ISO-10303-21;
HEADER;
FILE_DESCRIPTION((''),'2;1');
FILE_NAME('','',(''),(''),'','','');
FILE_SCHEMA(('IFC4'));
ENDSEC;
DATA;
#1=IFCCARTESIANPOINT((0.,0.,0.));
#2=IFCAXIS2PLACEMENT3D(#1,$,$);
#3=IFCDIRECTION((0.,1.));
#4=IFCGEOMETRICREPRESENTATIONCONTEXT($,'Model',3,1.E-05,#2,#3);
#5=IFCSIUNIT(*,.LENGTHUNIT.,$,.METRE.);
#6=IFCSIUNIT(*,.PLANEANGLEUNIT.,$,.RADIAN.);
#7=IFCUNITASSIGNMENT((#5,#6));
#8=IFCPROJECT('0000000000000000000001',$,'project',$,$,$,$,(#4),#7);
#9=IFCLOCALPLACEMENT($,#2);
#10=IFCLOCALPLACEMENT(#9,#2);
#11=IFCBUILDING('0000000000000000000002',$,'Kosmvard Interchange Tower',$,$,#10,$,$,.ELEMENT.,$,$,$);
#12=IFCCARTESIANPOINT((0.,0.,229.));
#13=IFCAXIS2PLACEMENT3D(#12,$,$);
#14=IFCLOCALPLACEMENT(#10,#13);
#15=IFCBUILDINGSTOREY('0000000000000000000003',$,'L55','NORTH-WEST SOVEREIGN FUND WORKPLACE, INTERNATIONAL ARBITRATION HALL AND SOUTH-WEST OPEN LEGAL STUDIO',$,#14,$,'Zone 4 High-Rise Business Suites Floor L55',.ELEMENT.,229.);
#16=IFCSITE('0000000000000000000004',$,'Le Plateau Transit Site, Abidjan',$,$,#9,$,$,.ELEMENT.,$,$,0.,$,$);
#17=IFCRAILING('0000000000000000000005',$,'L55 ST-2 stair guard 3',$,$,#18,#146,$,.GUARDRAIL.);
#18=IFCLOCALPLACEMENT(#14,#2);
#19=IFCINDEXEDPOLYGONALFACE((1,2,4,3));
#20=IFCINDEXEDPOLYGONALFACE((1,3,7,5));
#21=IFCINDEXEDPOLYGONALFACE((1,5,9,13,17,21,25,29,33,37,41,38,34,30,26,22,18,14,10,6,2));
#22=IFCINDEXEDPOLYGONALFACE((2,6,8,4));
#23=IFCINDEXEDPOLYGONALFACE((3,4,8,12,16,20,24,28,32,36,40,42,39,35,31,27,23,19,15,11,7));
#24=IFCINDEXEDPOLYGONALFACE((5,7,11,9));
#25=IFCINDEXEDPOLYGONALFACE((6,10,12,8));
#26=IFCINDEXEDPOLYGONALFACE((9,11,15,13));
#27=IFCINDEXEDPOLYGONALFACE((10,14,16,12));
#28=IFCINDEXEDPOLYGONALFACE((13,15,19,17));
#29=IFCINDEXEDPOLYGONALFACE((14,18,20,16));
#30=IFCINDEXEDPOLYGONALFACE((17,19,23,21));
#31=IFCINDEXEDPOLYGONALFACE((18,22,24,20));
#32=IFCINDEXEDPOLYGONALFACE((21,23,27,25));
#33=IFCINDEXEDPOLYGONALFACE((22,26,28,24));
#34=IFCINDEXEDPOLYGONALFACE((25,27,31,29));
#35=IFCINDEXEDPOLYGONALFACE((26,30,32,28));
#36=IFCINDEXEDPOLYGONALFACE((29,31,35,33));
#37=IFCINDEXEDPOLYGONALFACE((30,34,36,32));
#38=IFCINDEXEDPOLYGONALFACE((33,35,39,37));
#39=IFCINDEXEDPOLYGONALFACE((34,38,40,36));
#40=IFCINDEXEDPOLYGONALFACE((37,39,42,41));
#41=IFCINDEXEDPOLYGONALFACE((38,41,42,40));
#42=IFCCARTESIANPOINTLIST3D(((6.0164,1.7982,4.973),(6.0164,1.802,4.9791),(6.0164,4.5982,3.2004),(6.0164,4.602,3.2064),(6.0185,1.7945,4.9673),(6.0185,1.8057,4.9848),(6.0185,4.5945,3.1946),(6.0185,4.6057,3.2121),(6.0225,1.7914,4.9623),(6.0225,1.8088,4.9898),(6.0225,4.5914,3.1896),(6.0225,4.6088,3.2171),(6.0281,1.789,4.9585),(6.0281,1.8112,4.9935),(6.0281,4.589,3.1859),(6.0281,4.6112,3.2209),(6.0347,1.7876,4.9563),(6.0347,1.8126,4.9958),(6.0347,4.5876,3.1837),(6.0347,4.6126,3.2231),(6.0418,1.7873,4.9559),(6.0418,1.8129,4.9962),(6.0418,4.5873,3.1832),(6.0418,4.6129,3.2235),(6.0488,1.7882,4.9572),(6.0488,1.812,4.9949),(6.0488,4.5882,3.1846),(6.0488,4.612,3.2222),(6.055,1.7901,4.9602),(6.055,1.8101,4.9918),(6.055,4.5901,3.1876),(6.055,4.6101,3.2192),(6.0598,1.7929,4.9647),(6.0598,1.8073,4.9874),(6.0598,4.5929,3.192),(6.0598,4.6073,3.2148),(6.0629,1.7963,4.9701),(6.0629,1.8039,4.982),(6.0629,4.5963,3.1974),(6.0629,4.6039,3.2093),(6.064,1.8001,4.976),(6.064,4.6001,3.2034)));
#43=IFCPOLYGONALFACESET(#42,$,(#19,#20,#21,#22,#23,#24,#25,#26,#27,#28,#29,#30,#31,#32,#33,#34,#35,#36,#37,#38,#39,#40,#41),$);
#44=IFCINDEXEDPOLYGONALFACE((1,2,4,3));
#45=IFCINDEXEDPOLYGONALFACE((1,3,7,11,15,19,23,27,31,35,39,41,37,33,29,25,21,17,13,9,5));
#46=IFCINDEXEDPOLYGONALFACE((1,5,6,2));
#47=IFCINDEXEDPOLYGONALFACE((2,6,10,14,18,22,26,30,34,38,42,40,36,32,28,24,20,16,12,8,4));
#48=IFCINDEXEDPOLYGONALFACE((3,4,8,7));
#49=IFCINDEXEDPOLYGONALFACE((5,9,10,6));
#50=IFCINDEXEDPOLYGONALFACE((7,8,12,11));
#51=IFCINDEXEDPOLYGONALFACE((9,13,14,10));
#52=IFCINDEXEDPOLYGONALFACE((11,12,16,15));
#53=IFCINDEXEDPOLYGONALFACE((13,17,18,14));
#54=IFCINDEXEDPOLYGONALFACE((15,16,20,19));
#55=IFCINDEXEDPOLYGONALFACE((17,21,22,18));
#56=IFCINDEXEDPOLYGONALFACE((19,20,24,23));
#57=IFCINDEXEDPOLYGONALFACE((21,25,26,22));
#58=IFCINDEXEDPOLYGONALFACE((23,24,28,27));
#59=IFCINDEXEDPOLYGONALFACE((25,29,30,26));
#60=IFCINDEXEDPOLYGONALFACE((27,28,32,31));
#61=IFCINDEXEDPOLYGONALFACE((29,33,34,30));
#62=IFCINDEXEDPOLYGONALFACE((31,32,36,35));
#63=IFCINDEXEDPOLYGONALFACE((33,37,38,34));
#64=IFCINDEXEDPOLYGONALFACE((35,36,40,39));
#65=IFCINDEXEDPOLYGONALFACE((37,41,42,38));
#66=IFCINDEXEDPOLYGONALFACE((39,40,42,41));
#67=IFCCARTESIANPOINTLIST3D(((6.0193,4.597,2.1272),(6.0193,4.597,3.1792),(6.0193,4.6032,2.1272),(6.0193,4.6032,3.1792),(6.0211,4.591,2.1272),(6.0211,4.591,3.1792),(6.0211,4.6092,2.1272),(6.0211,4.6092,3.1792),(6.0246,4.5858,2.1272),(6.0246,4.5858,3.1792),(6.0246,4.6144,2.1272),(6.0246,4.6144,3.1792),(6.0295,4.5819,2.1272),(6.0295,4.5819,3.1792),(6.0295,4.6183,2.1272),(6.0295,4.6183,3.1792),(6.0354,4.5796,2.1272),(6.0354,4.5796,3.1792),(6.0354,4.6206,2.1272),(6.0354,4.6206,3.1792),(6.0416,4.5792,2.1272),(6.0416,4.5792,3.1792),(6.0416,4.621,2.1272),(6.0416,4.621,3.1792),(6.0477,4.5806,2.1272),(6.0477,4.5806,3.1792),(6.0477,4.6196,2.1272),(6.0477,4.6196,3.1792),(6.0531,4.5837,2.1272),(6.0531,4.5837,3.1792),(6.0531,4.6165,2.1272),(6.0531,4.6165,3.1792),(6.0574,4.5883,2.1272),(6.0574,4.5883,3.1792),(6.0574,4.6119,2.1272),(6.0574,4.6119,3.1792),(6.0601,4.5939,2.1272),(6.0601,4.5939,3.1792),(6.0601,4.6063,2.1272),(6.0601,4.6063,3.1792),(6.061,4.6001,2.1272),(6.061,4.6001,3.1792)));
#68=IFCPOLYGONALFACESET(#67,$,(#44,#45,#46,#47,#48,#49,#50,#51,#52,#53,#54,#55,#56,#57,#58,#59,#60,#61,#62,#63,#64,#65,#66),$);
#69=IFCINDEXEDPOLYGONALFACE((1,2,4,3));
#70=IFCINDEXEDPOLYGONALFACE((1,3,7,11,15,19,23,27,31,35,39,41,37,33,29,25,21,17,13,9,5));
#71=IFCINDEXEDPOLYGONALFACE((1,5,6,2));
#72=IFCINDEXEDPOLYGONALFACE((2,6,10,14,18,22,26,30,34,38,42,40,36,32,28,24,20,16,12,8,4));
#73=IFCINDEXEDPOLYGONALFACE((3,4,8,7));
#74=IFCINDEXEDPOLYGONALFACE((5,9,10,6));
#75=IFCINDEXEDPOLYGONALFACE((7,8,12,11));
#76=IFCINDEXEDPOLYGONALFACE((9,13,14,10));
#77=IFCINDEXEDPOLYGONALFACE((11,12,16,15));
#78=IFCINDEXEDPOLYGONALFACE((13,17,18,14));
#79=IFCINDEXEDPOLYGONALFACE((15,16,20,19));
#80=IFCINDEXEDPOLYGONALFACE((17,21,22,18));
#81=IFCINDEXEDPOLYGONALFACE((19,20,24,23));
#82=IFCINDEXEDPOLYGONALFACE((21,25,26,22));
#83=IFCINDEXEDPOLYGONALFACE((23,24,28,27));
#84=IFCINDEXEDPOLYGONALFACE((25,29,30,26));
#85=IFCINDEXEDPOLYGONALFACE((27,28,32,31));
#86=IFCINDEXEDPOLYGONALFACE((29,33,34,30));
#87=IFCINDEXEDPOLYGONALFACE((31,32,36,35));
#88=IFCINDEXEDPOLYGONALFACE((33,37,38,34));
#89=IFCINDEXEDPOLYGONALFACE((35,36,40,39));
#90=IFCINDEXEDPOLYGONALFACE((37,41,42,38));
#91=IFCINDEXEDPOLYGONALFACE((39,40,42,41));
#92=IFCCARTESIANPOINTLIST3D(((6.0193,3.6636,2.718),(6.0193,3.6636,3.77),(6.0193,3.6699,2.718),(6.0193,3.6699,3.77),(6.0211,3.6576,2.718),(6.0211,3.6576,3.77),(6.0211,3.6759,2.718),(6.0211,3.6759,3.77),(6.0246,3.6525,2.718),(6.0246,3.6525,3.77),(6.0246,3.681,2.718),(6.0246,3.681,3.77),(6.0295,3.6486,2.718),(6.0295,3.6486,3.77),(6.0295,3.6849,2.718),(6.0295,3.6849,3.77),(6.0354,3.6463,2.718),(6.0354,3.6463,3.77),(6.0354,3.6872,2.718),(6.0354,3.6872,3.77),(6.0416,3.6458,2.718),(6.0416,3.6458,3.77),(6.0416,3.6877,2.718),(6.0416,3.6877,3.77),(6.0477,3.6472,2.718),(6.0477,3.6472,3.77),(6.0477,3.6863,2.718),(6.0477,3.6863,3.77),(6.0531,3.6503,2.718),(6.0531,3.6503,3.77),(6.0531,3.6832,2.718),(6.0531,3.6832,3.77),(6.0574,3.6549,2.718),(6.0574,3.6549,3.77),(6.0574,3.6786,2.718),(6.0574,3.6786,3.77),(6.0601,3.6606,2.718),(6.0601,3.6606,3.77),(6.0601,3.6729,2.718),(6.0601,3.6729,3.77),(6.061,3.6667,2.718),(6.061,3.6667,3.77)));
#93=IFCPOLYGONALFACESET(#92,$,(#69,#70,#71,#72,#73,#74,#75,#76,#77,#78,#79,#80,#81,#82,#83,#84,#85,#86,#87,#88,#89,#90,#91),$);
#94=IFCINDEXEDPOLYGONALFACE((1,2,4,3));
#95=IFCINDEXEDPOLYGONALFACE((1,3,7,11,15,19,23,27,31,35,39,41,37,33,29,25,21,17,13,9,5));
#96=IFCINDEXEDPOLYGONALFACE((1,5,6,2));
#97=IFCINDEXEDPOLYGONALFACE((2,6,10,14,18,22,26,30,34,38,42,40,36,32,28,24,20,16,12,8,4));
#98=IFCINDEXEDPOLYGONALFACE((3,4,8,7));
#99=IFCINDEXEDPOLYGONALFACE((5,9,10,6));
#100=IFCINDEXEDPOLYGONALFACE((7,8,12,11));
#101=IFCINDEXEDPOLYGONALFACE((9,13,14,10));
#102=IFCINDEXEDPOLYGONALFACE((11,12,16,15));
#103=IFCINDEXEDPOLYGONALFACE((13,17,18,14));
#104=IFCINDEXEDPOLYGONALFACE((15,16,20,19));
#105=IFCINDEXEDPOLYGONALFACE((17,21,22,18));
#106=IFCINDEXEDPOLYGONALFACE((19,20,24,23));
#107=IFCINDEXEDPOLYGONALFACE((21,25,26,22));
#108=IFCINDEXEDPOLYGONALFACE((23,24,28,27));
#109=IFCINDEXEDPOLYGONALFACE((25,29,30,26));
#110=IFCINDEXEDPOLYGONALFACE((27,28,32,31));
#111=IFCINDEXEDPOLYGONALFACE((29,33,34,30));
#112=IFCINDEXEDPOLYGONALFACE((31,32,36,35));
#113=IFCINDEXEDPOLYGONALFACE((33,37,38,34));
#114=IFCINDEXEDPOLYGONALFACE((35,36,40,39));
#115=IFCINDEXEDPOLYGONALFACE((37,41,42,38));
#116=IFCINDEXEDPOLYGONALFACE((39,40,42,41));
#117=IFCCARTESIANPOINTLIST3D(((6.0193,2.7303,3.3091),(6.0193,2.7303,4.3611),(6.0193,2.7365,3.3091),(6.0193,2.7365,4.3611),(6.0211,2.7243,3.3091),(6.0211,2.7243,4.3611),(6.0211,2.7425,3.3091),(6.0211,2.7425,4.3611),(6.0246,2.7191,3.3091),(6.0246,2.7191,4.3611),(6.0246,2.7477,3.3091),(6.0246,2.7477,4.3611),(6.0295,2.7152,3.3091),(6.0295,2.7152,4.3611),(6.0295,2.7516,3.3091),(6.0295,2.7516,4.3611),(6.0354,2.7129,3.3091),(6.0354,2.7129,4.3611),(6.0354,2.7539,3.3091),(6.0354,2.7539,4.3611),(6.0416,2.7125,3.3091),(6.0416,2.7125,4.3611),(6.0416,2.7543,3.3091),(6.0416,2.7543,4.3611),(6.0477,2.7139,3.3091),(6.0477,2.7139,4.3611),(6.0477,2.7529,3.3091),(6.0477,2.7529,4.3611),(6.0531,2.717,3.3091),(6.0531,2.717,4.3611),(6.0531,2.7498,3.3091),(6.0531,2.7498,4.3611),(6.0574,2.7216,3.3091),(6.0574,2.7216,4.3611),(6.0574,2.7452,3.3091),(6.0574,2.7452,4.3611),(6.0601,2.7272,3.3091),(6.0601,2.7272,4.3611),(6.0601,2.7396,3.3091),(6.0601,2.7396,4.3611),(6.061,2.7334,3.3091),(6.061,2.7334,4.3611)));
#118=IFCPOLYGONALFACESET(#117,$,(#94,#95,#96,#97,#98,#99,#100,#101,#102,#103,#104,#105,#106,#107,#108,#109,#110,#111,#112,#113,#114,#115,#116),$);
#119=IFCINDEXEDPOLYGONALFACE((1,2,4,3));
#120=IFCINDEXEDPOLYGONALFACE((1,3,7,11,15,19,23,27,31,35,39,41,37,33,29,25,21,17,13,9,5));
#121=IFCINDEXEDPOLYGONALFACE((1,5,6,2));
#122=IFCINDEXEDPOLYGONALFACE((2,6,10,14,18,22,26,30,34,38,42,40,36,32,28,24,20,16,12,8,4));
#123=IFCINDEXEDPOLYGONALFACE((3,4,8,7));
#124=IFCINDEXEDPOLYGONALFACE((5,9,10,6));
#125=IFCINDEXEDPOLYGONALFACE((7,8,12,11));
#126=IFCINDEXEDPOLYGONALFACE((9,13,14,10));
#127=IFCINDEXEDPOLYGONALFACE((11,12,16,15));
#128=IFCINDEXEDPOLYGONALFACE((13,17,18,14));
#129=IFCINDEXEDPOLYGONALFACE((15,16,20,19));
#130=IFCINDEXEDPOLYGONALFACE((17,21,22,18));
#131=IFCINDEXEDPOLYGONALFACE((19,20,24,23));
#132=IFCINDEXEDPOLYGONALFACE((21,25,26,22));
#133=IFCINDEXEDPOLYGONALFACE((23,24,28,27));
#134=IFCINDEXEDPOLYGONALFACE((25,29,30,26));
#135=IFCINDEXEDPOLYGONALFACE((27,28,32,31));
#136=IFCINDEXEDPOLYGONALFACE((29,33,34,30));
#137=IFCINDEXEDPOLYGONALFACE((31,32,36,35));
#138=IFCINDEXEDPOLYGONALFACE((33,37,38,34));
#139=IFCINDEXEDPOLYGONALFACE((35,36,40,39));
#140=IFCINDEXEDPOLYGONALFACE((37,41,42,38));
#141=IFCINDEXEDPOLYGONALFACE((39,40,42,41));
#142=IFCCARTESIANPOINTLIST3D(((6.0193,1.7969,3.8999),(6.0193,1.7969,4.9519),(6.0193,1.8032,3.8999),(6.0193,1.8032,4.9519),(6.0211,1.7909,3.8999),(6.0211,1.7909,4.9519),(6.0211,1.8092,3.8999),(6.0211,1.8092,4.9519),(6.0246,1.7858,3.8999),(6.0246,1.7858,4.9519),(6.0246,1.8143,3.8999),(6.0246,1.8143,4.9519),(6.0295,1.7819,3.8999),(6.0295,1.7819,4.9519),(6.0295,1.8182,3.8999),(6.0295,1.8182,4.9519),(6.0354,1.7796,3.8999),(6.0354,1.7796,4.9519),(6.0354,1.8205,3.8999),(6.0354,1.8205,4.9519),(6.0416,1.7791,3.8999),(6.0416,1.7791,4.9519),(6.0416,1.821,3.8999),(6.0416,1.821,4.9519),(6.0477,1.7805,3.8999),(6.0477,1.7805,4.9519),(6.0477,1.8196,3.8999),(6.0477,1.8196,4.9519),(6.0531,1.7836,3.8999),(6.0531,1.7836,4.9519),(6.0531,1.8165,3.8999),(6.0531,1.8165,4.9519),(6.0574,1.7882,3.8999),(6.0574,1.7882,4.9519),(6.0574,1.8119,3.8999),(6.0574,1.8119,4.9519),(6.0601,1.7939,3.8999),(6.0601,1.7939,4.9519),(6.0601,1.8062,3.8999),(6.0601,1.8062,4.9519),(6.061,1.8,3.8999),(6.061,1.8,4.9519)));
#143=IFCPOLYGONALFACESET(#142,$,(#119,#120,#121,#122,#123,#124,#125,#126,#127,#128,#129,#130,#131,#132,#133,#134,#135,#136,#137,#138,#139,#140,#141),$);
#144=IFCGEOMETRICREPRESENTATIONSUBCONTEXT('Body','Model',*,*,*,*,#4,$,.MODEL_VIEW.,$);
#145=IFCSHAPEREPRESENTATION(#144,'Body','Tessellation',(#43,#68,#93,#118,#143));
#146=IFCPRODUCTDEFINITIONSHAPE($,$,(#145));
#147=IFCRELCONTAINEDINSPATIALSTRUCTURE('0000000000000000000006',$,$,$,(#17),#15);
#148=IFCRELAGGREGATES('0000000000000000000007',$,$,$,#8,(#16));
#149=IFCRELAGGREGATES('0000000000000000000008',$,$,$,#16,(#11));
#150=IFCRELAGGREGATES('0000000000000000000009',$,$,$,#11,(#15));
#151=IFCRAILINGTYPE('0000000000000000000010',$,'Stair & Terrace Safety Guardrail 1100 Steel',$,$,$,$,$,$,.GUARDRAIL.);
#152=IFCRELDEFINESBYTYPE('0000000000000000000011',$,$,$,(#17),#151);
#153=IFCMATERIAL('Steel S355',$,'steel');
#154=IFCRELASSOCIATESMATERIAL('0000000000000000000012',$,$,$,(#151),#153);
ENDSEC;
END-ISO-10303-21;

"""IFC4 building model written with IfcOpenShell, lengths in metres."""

from ifc_helpers import new_model, si_unit, direction, frame, origin, origin_2d, place, context, subcontext, project, spatial, circle, extrude, source, transform, mapped, material, type_object, element, save


model = new_model("IFC4")

# Units and contexts
model_context = context("Model", 3, precision=1e-05, world=origin(), true_north=direction((0.0, 1.0)))
body_context = subcontext(model_context, "Body", "Model", "MODEL_VIEW")
ifc_project = project(units=[si_unit("LENGTHUNIT", "METRE"), si_unit("PLANEANGLEUNIT", "RADIAN")], contexts=[model_context])

# Site, building, storey
site_placement = place(None, origin())
site = spatial("IfcSite", under=ifc_project, at=site_placement, Name="Le Plateau Transit Site, Abidjan", CompositionType="ELEMENT", RefElevation=0.0)
building_placement = place(site_placement, origin())
building = spatial("IfcBuilding", under=site, at=building_placement, Name="Kosmvard Interchange Tower", CompositionType="ELEMENT")
storey_placement = place(building_placement, frame((0.0, 0.0, 229.0)))
storey = spatial("IfcBuildingStorey", under=building, at=storey_placement, Name="L55", Description="NORTH-WEST SOVEREIGN FUND WORKPLACE, INTERNATIONAL ARBITRATION HALL AND SOUTH-WEST OPEN LEGAL STUDIO", LongName="Zone 4 High-Rise Business Suites Floor L55", CompositionType="ELEMENT", Elevation=229.0)

# Shared definitions
ifc_material_1 = material(Name="Steel S355", Category="steel")

# Railing
railing_type_1 = type_object("IfcRailingType", Name="Stair & Terrace Safety Guardrail 1100 Steel", PredefinedType="GUARDRAIL", material=ifc_material_1)
shared_shape_1 = source(origin(), body_context, "Body", "SweptSolid", [
    extrude(circle(Radius=0.0239, at=origin_2d()), frame((0.0, 0.0, 1.0762), z_axis=(0.0, -0.844909, 0.53491), x_axis=(1.0, 0.0, 0.0)), (0.0, 0.0, 1.0), 3.314),
    extrude(circle(Radius=0.021, at=origin_2d()), origin(), (0.0, 0.0, 1.0), 1.052),
    extrude(circle(Radius=0.021, at=origin_2d()), frame((0.0, -0.9333, 0.5908)), (0.0, 0.0, 1.0), 1.052),
    extrude(circle(Radius=0.021, at=origin_2d()), frame((0.0, -1.8667, 1.1819)), (0.0, 0.0, 1.0), 1.052),
    extrude(circle(Radius=0.021, at=origin_2d()), frame((0.0, -2.8, 1.7727)), (0.0, 0.0, 1.0), 1.052),
])
railing_1_placement = place(storey_placement, frame((6.04, 4.6001, 2.1272)))
element("IfcRailing", 1, at=railing_1_placement, inside=storey, type_object=railing_type_1, Name="L55 ST-2 stair guard 3", PredefinedType="GUARDRAIL", context=body_context, shape_type="MappedRepresentation", body=[
    mapped(shared_shape_1, transform((0.0, 0.0, 0.0), scale=1.0)),
])

save(model, "model.ifc")
